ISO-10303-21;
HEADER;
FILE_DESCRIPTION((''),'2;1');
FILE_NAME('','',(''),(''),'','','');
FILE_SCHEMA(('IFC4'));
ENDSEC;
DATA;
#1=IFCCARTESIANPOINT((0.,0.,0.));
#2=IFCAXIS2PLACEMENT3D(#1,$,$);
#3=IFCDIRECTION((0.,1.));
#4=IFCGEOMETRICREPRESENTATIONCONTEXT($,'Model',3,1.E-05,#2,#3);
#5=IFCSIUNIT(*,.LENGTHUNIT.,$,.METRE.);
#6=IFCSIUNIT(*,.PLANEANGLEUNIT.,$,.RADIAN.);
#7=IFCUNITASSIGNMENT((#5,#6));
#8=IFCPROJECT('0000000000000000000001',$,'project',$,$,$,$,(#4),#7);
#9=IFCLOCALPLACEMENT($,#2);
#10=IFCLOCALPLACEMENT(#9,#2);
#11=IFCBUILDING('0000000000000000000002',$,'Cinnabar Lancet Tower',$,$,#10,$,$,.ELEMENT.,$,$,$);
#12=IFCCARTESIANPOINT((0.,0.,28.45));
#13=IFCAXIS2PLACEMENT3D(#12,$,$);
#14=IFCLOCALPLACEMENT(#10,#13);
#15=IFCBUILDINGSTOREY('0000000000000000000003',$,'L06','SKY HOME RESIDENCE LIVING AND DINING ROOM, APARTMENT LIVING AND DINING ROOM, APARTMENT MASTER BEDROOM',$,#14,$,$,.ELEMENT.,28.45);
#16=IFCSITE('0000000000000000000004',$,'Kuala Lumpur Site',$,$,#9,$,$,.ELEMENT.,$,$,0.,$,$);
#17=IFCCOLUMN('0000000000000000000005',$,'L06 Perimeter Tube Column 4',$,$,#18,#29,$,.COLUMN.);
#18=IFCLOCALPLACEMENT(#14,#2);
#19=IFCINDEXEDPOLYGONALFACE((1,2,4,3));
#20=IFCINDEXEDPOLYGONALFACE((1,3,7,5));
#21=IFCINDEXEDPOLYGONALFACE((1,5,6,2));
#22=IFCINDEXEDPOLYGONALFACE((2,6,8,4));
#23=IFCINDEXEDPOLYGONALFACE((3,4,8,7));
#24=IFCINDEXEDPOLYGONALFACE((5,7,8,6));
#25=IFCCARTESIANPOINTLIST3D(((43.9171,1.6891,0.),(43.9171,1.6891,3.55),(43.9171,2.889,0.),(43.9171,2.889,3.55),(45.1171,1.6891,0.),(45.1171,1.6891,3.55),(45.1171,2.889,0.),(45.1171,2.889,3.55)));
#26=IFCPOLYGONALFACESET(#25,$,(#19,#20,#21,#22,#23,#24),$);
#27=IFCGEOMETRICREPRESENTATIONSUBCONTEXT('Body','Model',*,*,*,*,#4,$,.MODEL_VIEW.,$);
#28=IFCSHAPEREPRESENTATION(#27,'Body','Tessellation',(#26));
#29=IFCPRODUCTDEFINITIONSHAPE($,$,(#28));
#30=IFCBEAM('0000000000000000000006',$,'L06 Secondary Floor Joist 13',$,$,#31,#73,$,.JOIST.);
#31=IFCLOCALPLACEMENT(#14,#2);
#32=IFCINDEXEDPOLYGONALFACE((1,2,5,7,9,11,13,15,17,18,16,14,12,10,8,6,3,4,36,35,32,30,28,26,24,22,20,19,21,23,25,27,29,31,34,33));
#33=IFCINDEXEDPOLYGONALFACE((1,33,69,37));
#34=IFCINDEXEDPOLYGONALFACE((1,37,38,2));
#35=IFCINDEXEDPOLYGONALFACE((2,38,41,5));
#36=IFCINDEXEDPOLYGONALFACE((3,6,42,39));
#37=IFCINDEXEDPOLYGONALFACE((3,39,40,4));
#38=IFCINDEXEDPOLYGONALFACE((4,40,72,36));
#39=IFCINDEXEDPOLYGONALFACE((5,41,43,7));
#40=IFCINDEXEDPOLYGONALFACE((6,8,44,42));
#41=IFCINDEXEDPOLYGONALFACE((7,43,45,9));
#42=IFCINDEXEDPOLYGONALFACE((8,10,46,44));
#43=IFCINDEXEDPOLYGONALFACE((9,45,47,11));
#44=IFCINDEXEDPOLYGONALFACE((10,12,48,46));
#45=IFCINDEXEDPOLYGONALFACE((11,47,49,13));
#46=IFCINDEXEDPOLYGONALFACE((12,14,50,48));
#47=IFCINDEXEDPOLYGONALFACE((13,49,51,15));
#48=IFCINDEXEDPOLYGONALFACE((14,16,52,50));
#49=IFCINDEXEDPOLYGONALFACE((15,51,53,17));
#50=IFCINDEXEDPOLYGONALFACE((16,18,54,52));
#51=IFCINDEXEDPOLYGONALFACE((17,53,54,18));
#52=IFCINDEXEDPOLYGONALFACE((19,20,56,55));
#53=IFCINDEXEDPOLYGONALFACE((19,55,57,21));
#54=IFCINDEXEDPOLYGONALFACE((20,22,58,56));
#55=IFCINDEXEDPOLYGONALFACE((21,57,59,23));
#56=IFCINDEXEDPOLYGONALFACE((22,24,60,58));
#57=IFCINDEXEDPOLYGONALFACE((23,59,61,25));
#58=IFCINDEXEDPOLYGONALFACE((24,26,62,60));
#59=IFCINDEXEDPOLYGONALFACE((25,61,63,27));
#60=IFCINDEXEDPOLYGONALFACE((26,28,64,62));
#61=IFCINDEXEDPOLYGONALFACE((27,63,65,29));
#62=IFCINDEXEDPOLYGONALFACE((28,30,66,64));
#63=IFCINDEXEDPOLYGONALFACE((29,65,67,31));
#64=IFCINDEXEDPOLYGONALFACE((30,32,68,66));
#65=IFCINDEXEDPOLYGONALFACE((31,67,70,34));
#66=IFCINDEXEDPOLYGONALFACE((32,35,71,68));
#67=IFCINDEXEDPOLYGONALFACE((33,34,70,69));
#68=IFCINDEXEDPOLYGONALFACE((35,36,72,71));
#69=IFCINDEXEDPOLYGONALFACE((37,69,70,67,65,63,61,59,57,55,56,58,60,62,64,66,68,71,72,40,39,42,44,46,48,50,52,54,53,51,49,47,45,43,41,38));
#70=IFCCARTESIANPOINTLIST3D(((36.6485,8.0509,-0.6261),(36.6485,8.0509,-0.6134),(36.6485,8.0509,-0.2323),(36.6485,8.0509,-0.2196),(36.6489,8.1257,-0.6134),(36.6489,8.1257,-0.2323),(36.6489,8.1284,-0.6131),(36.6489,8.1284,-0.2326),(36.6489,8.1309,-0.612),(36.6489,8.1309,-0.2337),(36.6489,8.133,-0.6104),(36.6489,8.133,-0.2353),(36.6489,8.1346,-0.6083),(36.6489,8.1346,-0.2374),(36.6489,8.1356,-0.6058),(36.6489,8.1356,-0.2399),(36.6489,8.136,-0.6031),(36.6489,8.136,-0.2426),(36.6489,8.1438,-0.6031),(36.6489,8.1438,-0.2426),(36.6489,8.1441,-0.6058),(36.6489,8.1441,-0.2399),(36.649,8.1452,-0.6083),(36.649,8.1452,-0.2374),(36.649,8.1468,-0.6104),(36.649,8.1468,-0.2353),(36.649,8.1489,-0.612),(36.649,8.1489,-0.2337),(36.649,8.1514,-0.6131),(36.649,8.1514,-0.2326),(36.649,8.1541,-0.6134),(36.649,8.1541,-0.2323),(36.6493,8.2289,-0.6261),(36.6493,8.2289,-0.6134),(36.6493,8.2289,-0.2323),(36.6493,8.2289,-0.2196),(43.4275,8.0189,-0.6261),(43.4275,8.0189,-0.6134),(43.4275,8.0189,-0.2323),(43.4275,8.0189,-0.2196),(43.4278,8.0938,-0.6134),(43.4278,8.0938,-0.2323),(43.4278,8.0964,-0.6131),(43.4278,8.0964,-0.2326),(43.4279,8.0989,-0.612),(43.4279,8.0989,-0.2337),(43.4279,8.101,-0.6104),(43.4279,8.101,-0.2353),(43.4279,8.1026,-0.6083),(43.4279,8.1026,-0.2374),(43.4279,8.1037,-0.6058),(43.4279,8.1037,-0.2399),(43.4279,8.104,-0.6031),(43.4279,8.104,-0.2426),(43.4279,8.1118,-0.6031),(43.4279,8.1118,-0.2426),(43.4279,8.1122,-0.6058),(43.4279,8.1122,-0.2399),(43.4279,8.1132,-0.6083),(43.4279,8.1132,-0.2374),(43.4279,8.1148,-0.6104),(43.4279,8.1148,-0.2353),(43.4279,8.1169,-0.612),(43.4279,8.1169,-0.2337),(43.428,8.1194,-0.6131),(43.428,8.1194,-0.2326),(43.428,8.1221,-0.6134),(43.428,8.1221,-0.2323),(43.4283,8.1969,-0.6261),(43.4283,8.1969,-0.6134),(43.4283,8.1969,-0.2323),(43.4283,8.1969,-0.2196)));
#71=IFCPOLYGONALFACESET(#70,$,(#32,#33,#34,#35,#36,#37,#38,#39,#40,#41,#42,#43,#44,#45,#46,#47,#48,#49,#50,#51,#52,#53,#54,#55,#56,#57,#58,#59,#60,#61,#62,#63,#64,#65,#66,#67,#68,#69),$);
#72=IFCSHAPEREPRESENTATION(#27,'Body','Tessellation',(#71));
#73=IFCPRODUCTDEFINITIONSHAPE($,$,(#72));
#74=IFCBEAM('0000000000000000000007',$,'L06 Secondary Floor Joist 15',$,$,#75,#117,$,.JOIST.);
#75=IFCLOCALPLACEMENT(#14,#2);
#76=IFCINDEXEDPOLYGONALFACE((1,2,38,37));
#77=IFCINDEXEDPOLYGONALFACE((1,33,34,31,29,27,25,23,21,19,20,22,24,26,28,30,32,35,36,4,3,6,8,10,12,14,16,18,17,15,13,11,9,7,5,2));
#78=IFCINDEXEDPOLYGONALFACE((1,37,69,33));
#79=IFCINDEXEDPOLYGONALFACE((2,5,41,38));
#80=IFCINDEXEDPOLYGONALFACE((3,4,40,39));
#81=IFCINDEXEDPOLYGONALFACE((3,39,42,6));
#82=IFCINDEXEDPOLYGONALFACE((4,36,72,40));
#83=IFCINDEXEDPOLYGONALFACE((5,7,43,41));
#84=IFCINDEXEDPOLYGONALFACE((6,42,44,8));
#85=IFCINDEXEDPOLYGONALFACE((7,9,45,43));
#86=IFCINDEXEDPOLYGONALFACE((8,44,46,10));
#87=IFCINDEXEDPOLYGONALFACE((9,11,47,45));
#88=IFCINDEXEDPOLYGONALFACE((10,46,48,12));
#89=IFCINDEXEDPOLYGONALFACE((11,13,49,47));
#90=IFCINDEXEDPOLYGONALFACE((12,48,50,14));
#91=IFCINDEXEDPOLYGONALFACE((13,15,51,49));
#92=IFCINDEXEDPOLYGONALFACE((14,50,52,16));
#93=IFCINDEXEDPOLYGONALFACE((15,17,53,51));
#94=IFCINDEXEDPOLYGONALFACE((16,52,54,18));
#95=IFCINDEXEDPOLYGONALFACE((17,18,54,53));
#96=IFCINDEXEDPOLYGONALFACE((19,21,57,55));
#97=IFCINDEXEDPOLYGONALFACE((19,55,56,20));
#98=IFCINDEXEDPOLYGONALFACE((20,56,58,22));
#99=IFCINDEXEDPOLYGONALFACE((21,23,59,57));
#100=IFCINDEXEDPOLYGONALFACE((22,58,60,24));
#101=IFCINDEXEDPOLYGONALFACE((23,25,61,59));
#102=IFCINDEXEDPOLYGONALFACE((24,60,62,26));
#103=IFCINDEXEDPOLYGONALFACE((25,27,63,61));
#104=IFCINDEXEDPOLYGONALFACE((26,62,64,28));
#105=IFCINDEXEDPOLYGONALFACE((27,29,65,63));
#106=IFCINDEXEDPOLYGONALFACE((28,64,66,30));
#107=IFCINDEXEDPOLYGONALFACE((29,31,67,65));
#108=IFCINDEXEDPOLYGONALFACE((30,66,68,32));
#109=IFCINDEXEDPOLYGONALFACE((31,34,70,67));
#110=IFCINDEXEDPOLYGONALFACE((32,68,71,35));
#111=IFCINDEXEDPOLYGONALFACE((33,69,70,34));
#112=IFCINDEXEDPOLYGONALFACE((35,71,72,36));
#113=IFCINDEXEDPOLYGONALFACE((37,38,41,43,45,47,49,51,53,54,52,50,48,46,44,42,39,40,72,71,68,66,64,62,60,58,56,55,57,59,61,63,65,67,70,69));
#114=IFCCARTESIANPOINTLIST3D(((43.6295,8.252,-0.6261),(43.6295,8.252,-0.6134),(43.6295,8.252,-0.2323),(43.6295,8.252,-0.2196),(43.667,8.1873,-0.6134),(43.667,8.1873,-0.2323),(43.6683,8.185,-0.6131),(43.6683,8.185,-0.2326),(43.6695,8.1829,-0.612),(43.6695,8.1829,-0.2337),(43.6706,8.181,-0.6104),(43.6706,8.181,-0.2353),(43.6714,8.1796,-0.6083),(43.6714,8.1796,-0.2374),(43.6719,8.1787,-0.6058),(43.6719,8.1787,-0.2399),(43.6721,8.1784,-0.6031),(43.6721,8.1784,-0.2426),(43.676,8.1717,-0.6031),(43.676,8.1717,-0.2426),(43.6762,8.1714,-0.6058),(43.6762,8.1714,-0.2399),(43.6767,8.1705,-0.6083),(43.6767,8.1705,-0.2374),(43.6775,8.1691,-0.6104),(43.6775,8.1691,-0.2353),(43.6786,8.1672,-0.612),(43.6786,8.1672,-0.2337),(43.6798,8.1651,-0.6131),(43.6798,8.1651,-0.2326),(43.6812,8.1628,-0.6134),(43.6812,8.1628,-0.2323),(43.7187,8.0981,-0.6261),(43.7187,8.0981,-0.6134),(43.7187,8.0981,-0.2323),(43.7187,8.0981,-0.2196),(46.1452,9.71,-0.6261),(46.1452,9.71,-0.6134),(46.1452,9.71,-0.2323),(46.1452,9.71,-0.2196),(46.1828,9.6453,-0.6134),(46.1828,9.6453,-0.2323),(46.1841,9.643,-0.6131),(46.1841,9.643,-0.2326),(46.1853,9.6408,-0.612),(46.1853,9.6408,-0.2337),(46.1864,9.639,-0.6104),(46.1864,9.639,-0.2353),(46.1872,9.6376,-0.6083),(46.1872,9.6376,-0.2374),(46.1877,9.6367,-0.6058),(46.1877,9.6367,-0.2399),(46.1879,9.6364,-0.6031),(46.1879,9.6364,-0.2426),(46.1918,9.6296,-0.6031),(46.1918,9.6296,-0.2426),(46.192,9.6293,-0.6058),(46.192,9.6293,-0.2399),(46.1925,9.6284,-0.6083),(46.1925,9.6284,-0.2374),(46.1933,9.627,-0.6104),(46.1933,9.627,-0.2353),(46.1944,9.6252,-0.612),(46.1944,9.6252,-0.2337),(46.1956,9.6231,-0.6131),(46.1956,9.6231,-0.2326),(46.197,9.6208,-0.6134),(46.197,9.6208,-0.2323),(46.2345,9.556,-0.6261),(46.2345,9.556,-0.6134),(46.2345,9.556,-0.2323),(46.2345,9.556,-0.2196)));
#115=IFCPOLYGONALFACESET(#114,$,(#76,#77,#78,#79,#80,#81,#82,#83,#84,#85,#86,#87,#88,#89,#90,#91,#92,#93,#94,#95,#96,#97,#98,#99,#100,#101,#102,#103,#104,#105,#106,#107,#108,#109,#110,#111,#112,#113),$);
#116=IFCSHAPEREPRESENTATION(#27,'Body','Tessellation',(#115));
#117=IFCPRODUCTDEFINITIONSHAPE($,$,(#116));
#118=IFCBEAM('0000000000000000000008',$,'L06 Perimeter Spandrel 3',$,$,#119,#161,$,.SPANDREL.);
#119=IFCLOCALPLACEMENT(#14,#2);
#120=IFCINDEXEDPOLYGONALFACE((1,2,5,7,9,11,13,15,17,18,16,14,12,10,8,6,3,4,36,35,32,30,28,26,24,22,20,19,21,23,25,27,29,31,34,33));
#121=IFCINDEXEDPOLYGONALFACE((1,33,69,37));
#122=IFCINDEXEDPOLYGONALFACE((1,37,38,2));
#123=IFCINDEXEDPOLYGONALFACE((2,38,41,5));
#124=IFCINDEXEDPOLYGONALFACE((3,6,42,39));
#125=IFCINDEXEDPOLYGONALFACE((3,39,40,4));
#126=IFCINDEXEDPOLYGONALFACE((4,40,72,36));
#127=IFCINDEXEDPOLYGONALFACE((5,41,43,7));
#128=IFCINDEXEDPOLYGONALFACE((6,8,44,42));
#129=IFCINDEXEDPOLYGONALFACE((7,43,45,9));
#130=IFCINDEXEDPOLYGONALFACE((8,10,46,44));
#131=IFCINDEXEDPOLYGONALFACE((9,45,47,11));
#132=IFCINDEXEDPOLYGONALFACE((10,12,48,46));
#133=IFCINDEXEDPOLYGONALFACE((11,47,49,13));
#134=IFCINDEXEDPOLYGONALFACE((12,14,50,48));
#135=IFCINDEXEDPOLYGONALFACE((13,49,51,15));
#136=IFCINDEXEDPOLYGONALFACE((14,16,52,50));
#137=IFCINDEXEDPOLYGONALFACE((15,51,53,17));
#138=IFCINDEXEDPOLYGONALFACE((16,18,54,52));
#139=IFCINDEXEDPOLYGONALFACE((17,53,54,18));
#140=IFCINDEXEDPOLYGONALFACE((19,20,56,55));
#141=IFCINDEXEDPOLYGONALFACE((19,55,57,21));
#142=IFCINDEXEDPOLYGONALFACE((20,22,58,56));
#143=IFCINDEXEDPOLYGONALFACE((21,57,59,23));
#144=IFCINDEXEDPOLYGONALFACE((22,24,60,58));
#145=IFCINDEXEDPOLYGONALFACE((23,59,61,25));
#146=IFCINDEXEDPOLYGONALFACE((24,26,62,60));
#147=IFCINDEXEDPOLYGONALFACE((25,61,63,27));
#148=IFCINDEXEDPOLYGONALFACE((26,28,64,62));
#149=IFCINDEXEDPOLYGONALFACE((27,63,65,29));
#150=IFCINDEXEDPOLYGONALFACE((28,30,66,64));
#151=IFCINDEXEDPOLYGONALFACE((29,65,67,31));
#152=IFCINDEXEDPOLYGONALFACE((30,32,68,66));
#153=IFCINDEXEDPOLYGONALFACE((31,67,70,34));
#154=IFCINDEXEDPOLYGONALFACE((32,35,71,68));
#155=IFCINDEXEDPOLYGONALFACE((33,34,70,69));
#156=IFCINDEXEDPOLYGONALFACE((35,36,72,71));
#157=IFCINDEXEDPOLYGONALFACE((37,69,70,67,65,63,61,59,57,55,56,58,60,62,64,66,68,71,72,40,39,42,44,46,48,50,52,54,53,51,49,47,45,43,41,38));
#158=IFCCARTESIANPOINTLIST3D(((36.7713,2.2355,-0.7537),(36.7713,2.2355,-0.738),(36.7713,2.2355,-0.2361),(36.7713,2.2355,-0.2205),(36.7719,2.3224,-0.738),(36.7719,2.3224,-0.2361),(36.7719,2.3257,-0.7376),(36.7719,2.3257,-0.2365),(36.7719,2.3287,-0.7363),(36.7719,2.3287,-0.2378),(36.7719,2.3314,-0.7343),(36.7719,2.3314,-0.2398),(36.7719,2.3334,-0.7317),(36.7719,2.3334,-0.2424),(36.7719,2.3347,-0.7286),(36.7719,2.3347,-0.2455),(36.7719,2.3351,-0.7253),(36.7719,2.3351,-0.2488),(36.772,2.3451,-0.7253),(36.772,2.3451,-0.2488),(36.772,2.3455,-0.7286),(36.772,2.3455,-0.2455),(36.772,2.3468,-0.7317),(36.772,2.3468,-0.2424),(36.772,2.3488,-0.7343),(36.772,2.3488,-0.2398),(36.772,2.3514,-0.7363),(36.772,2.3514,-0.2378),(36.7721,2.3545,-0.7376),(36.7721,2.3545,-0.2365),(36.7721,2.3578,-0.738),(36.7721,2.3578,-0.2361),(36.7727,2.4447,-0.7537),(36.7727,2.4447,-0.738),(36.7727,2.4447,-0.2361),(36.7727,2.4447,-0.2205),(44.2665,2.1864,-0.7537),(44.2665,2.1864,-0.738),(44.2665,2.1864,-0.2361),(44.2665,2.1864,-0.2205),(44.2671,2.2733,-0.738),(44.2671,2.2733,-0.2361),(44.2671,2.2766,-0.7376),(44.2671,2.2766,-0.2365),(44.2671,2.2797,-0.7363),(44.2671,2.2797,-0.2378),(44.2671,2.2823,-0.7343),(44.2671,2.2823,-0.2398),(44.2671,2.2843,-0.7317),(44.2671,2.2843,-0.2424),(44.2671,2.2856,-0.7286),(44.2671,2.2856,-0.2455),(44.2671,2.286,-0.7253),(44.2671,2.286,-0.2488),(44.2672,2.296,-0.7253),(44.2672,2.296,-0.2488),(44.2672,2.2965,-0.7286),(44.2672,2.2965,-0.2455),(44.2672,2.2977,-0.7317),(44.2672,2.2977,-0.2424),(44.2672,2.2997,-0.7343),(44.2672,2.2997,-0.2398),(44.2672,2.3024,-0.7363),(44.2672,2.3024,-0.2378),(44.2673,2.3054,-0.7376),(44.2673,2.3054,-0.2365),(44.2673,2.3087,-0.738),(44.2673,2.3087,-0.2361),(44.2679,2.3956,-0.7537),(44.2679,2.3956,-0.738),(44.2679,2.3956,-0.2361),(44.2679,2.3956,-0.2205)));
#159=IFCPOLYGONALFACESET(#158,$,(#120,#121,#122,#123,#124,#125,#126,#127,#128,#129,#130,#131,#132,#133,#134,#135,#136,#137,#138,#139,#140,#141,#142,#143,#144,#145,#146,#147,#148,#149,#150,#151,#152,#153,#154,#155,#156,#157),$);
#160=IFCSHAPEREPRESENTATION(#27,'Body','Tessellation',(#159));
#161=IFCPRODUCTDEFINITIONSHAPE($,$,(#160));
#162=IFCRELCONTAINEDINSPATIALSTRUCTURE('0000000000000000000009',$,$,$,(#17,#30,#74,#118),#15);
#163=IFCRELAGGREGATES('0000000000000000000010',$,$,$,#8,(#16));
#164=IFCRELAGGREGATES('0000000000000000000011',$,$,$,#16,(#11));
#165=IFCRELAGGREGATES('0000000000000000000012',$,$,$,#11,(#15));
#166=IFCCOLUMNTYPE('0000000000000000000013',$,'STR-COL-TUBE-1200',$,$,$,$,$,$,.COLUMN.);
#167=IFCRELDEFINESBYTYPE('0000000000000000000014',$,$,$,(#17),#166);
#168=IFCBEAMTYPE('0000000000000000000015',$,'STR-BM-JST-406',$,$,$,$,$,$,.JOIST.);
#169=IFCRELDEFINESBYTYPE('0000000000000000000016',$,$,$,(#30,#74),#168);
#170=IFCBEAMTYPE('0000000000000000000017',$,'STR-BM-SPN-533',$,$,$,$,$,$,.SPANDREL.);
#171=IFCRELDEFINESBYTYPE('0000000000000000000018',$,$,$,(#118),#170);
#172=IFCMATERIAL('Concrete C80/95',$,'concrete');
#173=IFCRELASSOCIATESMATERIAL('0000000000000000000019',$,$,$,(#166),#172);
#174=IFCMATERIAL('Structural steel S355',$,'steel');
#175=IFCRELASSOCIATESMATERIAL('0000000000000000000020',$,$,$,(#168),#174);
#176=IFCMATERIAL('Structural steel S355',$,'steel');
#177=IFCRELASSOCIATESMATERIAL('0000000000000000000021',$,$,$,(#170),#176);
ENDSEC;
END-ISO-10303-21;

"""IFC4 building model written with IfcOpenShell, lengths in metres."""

from ifc_helpers import new_model, si_unit, direction, frame, origin, origin_2d, place, context, subcontext, project, spatial, rectangle, i_section, extrude, material, material_profile, profile_set, type_object, element, save


model = new_model("IFC4")

# Units and contexts
model_context = context("Model", 3, precision=1e-05, world=origin(), true_north=direction((0.0, 1.0)))
body_context = subcontext(model_context, "Body", "Model", "MODEL_VIEW")
ifc_project = project(units=[si_unit("LENGTHUNIT", "METRE"), si_unit("PLANEANGLEUNIT", "RADIAN")], contexts=[model_context])

# Site, building, storey
site_placement = place(None, origin())
site = spatial("IfcSite", under=ifc_project, at=site_placement, Name="Kuala Lumpur Site", CompositionType="ELEMENT", RefElevation=0.0)
building_placement = place(site_placement, origin())
building = spatial("IfcBuilding", under=site, at=building_placement, Name="Cinnabar Lancet Tower", CompositionType="ELEMENT")
storey_placement = place(building_placement, frame((0.0, 0.0, 28.45)))
storey = spatial("IfcBuildingStorey", under=building, at=storey_placement, Name="L06", Description="SKY HOME RESIDENCE LIVING AND DINING ROOM, APARTMENT LIVING AND DINING ROOM, APARTMENT MASTER BEDROOM", CompositionType="ELEMENT", Elevation=28.45)

# Column
ifc_material_1 = material(Name="Concrete C80/95", Category="concrete")
ifc_material_profile_1 = material_profile(ifc_material_1, rectangle(XDim=1.2, YDim=1.2, at=origin_2d()), Name="RC-COL 1200x1200")
ifc_profile_set_1 = profile_set([ifc_material_profile_1], Name="Concrete C80/95")
column_type = type_object("IfcColumnType", Name="STR-COL-TUBE-1200", PredefinedType="COLUMN", material=ifc_profile_set_1)
column_placement = place(storey_placement, frame((44.5171, 2.2891, 0.0), z_axis=(0.0, 0.0, 1.0), x_axis=(1.0, 0.0, 0.0)))
element("IfcColumn", 1, at=column_placement, inside=storey, type_object=column_type, Name="L06 Perimeter Tube Column 4", PredefinedType="COLUMN", context=body_context, shape_type="SweptSolid", body=[
    extrude(rectangle(XDim=1.2, YDim=1.2, at=origin_2d()), origin(), (0.0, 0.0, 1.0), 3.55),
])

# Beams
ifc_material_2 = material(Name="Structural steel S355", Category="steel")
ifc_material_profile_2 = material_profile(ifc_material_2, i_section(OverallWidth=0.178, OverallDepth=0.4065, WebThickness=0.0078, FlangeThickness=0.0127, FilletRadius=0.0103, at=origin_2d()), Name="UKB 406x178x60")
ifc_profile_set_2 = profile_set([ifc_material_profile_2], Name="Structural steel S355")
beam_type_1 = type_object("IfcBeamType", Name="STR-BM-JST-406", PredefinedType="JOIST", material=ifc_profile_set_2)
beam_1_placement = place(storey_placement, frame((36.6489, 8.1399, -0.4229), z_axis=(0.999989, -0.004718, 0.0), x_axis=(0.004718, 0.999989, 0.0)))
element("IfcBeam", 2, at=beam_1_placement, inside=storey, type_object=beam_type_1, Name="L06 Secondary Floor Joist 13", PredefinedType="JOIST", context=body_context, shape_type="SweptSolid", body=[
    extrude(i_section(OverallWidth=0.178, OverallDepth=0.4065, WebThickness=0.0078, FlangeThickness=0.0127, FilletRadius=0.0103, at=origin_2d()), origin(), (0.0, 0.0, 1.0), 6.7791),
])
beam_2_placement = place(storey_placement, frame((43.6741, 8.175, -0.4229), z_axis=(0.86521, 0.50141, 0.0), x_axis=(-0.50141, 0.86521, 0.0)))
element("IfcBeam", 3, at=beam_2_placement, inside=storey, type_object=beam_type_1, Name="L06 Secondary Floor Joist 15", PredefinedType="JOIST", context=body_context, shape_type="SweptSolid", body=[
    extrude(i_section(OverallWidth=0.178, OverallDepth=0.4065, WebThickness=0.0078, FlangeThickness=0.0127, FilletRadius=0.0103, at=origin_2d()), origin(), (0.0, 0.0, 1.0), 2.9077),
])
ifc_material_3 = material(Name="Structural steel S355", Category="steel")
ifc_material_profile_3 = material_profile(ifc_material_3, i_section(OverallWidth=0.2092, OverallDepth=0.5332, WebThickness=0.01, FlangeThickness=0.0156, FilletRadius=0.0127, at=origin_2d()), Name="UKB 533x210x92")
ifc_profile_set_3 = profile_set([ifc_material_profile_3], Name="Structural steel S355")
beam_type_2 = type_object("IfcBeamType", Name="STR-BM-SPN-533", PredefinedType="SPANDREL", material=ifc_profile_set_3)
beam_3_placement = place(storey_placement, frame((36.772, 2.3401, -0.4871), z_axis=(0.999979, -0.006547, 0.0), x_axis=(0.006547, 0.999979, 0.0)))
element("IfcBeam", 4, at=beam_3_placement, inside=storey, type_object=beam_type_2, Name="L06 Perimeter Spandrel 3", PredefinedType="SPANDREL", context=body_context, shape_type="SweptSolid", body=[
    extrude(i_section(OverallWidth=0.2092, OverallDepth=0.5332, WebThickness=0.01, FlangeThickness=0.0156, FilletRadius=0.0127, at=origin_2d()), origin(), (0.0, 0.0, 1.0), 7.4954),
])

save(model, "model.ifc")
